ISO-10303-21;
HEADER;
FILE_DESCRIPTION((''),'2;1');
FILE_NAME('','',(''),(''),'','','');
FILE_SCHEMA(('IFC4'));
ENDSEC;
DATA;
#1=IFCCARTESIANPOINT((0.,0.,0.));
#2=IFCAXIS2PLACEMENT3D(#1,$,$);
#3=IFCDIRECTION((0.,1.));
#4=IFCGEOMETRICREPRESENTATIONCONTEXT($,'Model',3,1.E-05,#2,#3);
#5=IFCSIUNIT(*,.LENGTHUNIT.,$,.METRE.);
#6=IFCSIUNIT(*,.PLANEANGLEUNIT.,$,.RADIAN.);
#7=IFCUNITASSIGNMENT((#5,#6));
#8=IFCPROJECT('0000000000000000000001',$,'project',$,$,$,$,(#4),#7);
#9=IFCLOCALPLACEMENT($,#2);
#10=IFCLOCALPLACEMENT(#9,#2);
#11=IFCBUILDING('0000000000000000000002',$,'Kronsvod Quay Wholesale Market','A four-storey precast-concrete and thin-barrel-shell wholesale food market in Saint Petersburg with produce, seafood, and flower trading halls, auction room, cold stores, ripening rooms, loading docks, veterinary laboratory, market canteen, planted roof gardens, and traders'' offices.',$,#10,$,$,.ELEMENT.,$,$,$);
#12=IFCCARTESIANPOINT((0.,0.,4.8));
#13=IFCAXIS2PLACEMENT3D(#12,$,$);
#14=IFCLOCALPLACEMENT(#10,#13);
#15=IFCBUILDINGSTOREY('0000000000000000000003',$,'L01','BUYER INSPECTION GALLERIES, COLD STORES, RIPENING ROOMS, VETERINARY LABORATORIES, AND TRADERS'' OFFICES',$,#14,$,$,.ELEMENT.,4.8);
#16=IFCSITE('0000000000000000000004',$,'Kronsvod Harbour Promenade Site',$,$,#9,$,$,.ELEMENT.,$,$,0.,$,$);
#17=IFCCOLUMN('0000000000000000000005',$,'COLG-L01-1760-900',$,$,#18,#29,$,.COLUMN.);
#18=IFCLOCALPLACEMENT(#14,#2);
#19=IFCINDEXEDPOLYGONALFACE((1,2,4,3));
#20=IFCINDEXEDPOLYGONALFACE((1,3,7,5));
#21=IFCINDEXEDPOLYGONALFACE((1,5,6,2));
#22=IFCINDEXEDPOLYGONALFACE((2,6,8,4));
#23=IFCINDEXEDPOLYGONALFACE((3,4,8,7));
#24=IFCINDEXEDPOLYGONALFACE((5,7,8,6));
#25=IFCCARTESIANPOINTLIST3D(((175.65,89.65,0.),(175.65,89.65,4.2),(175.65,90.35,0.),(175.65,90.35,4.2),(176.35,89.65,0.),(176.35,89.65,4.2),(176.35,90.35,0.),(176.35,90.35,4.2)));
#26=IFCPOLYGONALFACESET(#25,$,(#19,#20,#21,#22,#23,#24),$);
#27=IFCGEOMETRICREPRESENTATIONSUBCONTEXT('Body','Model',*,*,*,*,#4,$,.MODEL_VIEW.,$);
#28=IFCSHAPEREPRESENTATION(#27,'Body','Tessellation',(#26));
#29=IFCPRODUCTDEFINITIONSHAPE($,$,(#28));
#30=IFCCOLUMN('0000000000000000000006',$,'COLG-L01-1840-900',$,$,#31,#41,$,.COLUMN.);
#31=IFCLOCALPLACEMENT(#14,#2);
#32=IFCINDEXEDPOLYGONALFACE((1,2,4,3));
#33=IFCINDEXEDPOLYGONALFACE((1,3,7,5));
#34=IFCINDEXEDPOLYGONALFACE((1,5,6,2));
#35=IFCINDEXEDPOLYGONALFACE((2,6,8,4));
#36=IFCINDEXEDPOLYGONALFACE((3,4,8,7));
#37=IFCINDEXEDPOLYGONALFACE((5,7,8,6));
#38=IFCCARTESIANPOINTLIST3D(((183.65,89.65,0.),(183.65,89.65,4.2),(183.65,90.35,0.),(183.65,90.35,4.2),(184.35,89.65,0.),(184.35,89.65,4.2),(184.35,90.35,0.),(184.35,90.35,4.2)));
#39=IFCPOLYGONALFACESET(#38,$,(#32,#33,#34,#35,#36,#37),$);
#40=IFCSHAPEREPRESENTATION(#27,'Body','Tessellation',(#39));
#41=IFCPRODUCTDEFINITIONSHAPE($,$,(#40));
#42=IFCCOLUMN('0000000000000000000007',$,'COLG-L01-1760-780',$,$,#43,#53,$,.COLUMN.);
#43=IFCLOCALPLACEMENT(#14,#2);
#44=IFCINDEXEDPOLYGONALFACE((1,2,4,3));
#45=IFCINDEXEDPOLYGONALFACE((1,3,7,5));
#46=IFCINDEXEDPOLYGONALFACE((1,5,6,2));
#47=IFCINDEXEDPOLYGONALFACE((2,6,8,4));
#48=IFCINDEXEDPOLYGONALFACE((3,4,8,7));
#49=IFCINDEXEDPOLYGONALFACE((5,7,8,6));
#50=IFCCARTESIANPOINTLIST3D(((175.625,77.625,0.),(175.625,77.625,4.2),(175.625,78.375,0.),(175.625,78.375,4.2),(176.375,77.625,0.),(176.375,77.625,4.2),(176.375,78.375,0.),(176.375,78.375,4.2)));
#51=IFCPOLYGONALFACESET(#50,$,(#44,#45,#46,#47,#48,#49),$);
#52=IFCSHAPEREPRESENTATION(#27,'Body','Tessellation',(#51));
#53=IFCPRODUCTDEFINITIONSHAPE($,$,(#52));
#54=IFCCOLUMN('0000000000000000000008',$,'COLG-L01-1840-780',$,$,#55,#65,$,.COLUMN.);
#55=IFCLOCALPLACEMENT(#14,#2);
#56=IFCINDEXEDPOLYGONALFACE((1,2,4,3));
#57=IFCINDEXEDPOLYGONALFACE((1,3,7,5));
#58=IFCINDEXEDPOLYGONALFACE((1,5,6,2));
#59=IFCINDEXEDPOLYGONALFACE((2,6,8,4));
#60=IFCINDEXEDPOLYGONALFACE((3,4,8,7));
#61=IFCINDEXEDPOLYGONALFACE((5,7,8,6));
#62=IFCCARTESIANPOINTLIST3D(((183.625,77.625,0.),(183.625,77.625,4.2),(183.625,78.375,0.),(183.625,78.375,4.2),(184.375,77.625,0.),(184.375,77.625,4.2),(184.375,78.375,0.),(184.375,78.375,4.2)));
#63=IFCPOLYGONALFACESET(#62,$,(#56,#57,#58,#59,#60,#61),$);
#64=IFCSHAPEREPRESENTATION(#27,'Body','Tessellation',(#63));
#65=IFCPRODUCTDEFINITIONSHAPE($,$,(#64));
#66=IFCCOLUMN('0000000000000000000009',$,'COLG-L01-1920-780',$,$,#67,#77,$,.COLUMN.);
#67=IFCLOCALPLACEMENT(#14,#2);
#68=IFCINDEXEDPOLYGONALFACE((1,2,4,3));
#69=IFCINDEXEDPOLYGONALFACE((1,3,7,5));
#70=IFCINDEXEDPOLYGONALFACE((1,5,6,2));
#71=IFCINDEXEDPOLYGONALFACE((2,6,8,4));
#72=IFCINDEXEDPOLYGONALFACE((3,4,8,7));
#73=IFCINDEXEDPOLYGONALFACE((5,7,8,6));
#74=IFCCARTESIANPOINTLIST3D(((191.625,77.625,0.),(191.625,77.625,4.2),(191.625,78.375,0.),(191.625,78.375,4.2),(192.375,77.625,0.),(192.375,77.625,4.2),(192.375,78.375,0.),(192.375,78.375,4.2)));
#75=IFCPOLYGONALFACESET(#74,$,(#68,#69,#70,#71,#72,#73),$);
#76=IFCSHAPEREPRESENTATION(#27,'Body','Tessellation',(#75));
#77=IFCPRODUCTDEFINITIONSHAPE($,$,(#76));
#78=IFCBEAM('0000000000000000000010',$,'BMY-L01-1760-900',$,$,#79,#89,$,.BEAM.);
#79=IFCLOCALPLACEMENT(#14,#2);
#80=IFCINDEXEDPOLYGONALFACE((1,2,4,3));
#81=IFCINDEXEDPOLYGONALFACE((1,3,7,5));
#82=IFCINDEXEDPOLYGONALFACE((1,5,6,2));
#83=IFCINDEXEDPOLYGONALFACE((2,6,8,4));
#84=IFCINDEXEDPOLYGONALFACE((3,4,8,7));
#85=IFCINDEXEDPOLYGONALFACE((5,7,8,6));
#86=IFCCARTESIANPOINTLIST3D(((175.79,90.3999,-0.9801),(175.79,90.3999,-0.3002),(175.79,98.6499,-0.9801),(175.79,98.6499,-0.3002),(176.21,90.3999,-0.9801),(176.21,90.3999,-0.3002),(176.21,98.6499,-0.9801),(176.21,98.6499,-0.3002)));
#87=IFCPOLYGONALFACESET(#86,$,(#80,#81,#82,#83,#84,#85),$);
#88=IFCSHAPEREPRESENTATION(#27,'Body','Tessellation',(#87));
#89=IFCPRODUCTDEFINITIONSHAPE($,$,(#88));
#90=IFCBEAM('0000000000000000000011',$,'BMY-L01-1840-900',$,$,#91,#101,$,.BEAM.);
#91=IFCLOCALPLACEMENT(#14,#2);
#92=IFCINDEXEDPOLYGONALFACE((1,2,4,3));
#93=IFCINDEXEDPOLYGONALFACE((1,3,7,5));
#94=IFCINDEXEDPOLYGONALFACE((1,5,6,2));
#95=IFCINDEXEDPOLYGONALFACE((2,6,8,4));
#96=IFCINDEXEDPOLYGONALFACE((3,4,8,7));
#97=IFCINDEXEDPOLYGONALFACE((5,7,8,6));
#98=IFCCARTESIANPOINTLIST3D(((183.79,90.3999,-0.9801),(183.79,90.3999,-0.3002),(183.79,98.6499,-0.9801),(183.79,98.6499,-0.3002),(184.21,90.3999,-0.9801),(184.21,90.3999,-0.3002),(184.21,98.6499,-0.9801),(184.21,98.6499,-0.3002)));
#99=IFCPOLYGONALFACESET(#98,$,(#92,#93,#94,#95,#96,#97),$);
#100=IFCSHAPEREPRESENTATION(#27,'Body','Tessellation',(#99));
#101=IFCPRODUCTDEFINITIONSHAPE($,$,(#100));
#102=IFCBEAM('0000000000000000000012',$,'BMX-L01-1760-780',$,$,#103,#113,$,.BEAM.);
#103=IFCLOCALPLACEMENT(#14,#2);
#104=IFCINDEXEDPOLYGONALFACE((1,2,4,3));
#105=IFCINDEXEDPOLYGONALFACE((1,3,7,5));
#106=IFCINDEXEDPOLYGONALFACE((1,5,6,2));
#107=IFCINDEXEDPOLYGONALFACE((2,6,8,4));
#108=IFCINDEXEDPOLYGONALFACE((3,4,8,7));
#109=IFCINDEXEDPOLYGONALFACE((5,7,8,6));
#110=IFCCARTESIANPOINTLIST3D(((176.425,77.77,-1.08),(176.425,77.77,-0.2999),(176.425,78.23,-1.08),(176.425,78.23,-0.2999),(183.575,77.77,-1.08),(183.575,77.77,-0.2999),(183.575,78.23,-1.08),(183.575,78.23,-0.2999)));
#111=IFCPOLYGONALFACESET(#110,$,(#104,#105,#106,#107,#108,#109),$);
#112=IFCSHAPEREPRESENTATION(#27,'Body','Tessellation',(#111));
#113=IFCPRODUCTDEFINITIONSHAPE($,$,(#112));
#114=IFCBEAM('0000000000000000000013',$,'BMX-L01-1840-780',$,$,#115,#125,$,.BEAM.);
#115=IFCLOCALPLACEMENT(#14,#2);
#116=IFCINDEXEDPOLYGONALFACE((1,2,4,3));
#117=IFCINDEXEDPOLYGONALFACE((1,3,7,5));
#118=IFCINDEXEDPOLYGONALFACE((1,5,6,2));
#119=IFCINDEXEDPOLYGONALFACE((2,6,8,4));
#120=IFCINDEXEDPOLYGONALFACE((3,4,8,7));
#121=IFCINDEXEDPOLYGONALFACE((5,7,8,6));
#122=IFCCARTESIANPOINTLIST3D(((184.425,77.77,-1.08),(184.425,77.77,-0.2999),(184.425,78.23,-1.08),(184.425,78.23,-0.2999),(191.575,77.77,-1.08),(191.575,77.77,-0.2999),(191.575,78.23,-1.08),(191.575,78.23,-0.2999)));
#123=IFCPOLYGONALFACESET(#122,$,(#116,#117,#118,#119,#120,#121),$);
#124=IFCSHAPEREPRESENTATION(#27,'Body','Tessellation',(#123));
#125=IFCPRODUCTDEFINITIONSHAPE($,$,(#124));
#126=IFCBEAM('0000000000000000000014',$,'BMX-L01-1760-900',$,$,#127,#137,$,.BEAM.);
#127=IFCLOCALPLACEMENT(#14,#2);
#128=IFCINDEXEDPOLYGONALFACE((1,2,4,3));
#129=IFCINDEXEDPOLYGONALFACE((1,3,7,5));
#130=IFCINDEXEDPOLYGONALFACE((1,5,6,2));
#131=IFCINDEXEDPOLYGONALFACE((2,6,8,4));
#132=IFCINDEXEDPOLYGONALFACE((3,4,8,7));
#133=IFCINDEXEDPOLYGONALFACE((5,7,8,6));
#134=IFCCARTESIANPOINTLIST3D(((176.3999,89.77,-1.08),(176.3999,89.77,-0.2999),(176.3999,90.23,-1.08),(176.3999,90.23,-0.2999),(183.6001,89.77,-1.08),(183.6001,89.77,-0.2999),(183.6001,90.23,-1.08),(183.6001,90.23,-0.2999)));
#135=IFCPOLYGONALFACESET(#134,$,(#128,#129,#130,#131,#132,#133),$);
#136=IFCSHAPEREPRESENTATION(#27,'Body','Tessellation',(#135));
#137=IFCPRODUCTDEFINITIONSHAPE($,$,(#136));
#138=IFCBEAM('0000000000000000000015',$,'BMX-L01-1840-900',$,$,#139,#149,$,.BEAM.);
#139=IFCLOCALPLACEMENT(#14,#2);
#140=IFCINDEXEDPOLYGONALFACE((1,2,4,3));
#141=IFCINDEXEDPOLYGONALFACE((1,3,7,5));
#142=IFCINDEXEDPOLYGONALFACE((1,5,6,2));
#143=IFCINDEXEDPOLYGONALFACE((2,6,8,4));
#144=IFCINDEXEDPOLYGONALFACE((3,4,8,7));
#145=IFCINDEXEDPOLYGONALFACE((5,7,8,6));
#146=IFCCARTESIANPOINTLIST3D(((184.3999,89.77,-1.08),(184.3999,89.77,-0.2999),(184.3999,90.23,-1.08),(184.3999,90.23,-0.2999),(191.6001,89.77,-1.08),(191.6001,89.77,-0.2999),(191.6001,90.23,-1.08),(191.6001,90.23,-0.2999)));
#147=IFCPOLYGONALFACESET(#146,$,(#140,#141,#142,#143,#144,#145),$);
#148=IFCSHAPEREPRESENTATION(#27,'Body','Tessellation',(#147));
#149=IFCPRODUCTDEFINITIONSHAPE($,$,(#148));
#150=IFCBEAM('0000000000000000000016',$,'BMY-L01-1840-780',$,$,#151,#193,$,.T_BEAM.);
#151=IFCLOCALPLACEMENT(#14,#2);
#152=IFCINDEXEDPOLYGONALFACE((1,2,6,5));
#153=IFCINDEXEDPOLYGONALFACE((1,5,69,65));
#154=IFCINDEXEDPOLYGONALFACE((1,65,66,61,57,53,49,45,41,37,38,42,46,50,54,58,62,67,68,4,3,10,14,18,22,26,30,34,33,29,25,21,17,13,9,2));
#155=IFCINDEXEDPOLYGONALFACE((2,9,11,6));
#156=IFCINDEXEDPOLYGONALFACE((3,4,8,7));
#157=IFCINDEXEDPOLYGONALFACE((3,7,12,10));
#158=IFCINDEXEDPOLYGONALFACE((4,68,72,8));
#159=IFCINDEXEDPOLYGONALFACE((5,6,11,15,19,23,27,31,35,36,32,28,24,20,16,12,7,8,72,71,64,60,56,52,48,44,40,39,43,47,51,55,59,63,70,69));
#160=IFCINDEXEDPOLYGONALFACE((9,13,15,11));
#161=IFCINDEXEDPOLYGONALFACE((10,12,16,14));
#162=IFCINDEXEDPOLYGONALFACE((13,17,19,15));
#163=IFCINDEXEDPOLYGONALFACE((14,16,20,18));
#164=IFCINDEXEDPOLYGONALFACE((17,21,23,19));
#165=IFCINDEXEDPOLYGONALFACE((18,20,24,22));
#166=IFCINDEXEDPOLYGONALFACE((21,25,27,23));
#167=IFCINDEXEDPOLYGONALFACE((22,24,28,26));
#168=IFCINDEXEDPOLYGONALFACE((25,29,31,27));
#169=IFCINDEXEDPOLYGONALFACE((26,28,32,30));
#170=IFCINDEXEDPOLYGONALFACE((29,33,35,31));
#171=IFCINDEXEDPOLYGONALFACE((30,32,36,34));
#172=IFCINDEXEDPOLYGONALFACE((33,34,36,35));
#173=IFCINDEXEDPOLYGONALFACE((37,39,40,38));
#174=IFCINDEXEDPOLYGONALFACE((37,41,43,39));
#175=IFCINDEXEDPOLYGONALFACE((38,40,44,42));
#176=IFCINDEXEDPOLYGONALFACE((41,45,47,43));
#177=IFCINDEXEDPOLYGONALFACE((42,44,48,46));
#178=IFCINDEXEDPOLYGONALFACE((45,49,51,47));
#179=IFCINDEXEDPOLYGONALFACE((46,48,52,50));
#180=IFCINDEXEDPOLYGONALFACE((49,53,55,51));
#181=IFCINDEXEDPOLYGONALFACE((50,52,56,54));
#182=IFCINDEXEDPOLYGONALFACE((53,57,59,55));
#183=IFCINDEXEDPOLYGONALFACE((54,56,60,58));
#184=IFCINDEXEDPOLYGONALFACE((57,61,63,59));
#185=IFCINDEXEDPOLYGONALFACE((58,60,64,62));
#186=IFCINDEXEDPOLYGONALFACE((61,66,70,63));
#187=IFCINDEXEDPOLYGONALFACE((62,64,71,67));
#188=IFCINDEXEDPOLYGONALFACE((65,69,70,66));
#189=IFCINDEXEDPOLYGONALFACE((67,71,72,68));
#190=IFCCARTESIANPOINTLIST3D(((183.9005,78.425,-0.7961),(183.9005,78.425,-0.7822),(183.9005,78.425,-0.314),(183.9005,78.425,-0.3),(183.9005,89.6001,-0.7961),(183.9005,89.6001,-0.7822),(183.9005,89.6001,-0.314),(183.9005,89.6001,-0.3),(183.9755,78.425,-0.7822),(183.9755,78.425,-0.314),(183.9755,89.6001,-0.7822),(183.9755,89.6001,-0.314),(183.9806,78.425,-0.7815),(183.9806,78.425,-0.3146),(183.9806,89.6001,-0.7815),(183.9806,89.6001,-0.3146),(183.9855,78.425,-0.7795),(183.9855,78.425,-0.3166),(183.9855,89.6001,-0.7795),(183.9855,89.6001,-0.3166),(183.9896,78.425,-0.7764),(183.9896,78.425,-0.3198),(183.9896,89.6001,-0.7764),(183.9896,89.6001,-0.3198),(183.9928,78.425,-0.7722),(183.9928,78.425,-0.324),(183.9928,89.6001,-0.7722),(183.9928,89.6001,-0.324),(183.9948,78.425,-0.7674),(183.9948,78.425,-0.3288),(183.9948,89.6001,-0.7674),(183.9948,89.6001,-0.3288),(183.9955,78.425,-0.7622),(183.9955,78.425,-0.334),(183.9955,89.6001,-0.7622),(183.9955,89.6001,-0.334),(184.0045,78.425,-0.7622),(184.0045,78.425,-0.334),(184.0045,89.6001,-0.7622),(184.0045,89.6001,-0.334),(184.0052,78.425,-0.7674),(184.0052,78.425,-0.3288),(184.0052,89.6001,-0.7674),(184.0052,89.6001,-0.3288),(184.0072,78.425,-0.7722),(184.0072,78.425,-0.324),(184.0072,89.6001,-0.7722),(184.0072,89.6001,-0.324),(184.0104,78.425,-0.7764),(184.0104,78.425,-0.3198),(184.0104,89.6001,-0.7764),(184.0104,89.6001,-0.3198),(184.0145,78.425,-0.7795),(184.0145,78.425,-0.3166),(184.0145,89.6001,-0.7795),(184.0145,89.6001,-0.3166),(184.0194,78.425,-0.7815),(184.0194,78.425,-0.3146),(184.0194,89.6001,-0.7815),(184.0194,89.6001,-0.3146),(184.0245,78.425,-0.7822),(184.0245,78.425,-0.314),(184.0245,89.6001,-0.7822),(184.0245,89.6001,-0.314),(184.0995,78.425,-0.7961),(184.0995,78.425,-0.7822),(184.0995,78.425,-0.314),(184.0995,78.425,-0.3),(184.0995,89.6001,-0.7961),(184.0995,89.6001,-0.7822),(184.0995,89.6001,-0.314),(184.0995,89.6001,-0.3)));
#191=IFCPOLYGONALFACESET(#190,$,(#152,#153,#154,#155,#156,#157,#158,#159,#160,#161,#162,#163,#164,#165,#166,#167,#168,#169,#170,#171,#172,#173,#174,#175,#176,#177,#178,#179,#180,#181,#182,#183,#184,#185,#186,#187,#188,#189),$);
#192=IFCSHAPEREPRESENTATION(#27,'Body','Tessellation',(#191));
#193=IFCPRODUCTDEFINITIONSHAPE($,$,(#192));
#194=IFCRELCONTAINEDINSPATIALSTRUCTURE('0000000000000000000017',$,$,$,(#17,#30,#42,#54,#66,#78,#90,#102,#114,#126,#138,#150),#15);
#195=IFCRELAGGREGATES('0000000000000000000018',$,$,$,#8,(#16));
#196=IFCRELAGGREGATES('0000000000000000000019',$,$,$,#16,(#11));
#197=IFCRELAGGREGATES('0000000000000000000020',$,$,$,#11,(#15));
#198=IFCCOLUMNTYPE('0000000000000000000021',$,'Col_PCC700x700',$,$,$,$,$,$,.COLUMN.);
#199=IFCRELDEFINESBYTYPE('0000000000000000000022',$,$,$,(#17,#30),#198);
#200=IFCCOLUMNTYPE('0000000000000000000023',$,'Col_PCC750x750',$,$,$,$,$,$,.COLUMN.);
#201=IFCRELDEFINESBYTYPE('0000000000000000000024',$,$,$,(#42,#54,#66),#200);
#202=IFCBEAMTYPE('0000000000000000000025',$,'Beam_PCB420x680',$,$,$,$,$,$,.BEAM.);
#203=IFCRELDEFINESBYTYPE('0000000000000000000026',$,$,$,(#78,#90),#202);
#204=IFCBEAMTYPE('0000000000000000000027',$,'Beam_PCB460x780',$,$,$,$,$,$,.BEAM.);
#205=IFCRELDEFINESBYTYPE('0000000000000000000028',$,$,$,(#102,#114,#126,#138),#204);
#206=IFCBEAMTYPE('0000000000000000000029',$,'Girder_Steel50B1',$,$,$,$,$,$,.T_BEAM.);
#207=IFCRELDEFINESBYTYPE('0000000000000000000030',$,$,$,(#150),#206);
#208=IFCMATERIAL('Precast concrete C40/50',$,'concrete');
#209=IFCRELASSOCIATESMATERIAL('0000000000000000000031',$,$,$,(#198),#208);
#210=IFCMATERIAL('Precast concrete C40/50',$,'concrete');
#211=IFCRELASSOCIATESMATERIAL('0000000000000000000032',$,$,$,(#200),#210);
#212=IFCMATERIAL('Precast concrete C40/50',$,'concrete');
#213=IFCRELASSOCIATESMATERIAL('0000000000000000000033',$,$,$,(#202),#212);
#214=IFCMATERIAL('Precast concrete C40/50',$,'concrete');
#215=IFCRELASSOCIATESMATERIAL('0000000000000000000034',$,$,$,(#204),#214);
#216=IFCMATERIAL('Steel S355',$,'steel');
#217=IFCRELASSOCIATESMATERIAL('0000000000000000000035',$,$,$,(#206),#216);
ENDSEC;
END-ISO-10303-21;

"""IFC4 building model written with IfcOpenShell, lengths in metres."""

from ifc_helpers import new_model, si_unit, direction, frame, origin, origin_2d, place, context, subcontext, project, spatial, rectangle, i_section, extrude, material, material_profile, profile_set, type_object, element, save


model = new_model("IFC4")

# Units and contexts
model_context = context("Model", 3, precision=1e-05, world=origin(), true_north=direction((0.0, 1.0)))
body_context = subcontext(model_context, "Body", "Model", "MODEL_VIEW")
ifc_project = project(units=[si_unit("LENGTHUNIT", "METRE"), si_unit("PLANEANGLEUNIT", "RADIAN")], contexts=[model_context])

# Site, building, storey
site_placement = place(None, origin())
site = spatial("IfcSite", under=ifc_project, at=site_placement, Name="Kronsvod Harbour Promenade Site", CompositionType="ELEMENT", RefElevation=0.0)
building_placement = place(site_placement, origin())
building = spatial("IfcBuilding", under=site, at=building_placement, Name="Kronsvod Quay Wholesale Market", Description="A four-storey precast-concrete and thin-barrel-shell wholesale food market in Saint Petersburg with produce, seafood, and flower trading halls, auction room, cold stores, ripening rooms, loading docks, veterinary laboratory, market canteen, planted roof gardens, and traders' offices.", CompositionType="ELEMENT")
storey_placement = place(building_placement, frame((0.0, 0.0, 4.8)))
storey = spatial("IfcBuildingStorey", under=building, at=storey_placement, Name="L01", Description="BUYER INSPECTION GALLERIES, COLD STORES, RIPENING ROOMS, VETERINARY LABORATORIES, AND TRADERS' OFFICES", CompositionType="ELEMENT", Elevation=4.8)

# Columns
ifc_material_1 = material(Name="Precast concrete C40/50", Category="concrete")
ifc_material_profile_1 = material_profile(ifc_material_1, rectangle(XDim=0.7, YDim=0.7, at=origin_2d()), Name="PCC700x700")
ifc_profile_set_1 = profile_set([ifc_material_profile_1], Name="Precast concrete C40/50")
column_type_1 = type_object("IfcColumnType", Name="Col_PCC700x700", PredefinedType="COLUMN", material=ifc_profile_set_1)
for number, where, z_axis, x_axis, name in (
    (1, (176.0, 90.0, 0.0), (0.0, 0.0, 1.0), (1.0, 0.0, 0.0), "COLG-L01-1760-900"),
    (2, (184.0, 90.0, 0.0), (0.0, 0.0, 1.0), (1.0, 0.0, 0.0), "COLG-L01-1840-900"),
):
    element("IfcColumn", number, at=place(storey_placement, frame(where, z_axis=z_axis, x_axis=x_axis)), inside=storey, type_object=column_type_1, Name=name, PredefinedType="COLUMN", context=body_context, shape_type="SweptSolid", body=[
        extrude(rectangle(XDim=0.7, YDim=0.7, at=origin_2d()), origin(), (0.0, 0.0, 1.0), 4.2),
    ])
ifc_material_2 = material(Name="Precast concrete C40/50", Category="concrete")
ifc_material_profile_2 = material_profile(ifc_material_2, rectangle(XDim=0.75, YDim=0.75, at=origin_2d()), Name="COL-07")
ifc_profile_set_2 = profile_set([ifc_material_profile_2], Name="Precast concrete C40/50")
column_type_2 = type_object("IfcColumnType", Name="Col_PCC750x750", PredefinedType="COLUMN", material=ifc_profile_set_2)
for number, where, z_axis, x_axis, name in (
    (3, (176.0, 78.0, 0.0), (0.0, 0.0, 1.0), (1.0, 0.0, 0.0), "COLG-L01-1760-780"),
    (4, (184.0, 78.0, 0.0), (0.0, 0.0, 1.0), (1.0, 0.0, 0.0), "COLG-L01-1840-780"),
    (5, (192.0, 78.0, 0.0), (0.0, 0.0, 1.0), (1.0, 0.0, 0.0), "COLG-L01-1920-780"),
):
    element("IfcColumn", number, at=place(storey_placement, frame(where, z_axis=z_axis, x_axis=x_axis)), inside=storey, type_object=column_type_2, Name=name, PredefinedType="COLUMN", context=body_context, shape_type="SweptSolid", body=[
        extrude(rectangle(XDim=0.75, YDim=0.75, at=origin_2d()), origin(), (0.0, 0.0, 1.0), 4.2),
    ])

# Beams
ifc_material_3 = material(Name="Precast concrete C40/50", Category="concrete")
ifc_material_profile_3 = material_profile(ifc_material_3, rectangle(XDim=0.4199, YDim=0.6799, at=origin_2d()), Name="PB-05")
ifc_profile_set_3 = profile_set([ifc_material_profile_3], Name="Precast concrete C40/50")
beam_type_1 = type_object("IfcBeamType", Name="Beam_PCB420x680", PredefinedType="BEAM", material=ifc_profile_set_3)
for number, where, z_axis, x_axis, name in (
    (6, (176.0, 90.3999, -0.6401), (0.0, 1.0, 0.0), (-1.0, 0.0, 0.0), "BMY-L01-1760-900"),
    (7, (184.0, 90.3999, -0.6401), (0.0, 1.0, 0.0), (-1.0, 0.0, 0.0), "BMY-L01-1840-900"),
):
    element("IfcBeam", number, at=place(storey_placement, frame(where, z_axis=z_axis, x_axis=x_axis)), inside=storey, type_object=beam_type_1, Name=name, PredefinedType="BEAM", context=body_context, shape_type="SweptSolid", body=[
        extrude(rectangle(XDim=0.4199, YDim=0.6799, at=origin_2d()), origin(), (0.0, 0.0, 1.0), 8.25),
    ])
ifc_material_4 = material(Name="Precast concrete C40/50", Category="concrete")
ifc_material_profile_4 = material_profile(ifc_material_4, rectangle(XDim=0.46, YDim=0.78, at=origin_2d()), Name="PB-03")
ifc_profile_set_4 = profile_set([ifc_material_profile_4], Name="Precast concrete C40/50")
beam_type_2 = type_object("IfcBeamType", Name="Beam_PCB460x780", PredefinedType="BEAM", material=ifc_profile_set_4)
for number, where, z_axis, x_axis, name in (
    (8, (176.425, 78.0, -0.6899), (1.0, 0.0, 0.0), (0.0, 1.0, 0.0), "BMX-L01-1760-780"),
    (9, (184.425, 78.0, -0.6899), (1.0, 0.0, 0.0), (0.0, 1.0, 0.0), "BMX-L01-1840-780"),
):
    element("IfcBeam", number, at=place(storey_placement, frame(where, z_axis=z_axis, x_axis=x_axis)), inside=storey, type_object=beam_type_2, Name=name, PredefinedType="BEAM", context=body_context, shape_type="SweptSolid", body=[
        extrude(rectangle(XDim=0.46, YDim=0.78, at=origin_2d()), origin(), (0.0, 0.0, 1.0), 7.1499),
    ])
for number, where, z_axis, x_axis, name in (
    (10, (176.3999, 90.0, -0.6899), (1.0, 0.0, 0.0), (0.0, 1.0, 0.0), "BMX-L01-1760-900"),
    (11, (184.3999, 90.0, -0.6899), (1.0, 0.0, 0.0), (0.0, 1.0, 0.0), "BMX-L01-1840-900"),
):
    element("IfcBeam", number, at=place(storey_placement, frame(where, z_axis=z_axis, x_axis=x_axis)), inside=storey, type_object=beam_type_2, Name=name, PredefinedType="BEAM", context=body_context, shape_type="SweptSolid", body=[
        extrude(rectangle(XDim=0.46, YDim=0.78, at=origin_2d()), origin(), (0.0, 0.0, 1.0), 7.2002),
    ])
ifc_material_5 = material(Name="Steel S355", Category="steel")
ifc_material_profile_5 = material_profile(ifc_material_5, i_section(OverallWidth=0.199, OverallDepth=0.4961, WebThickness=0.009, FlangeThickness=0.0139, FilletRadius=0.02, at=origin_2d()), Name="50B1")
ifc_profile_set_5 = profile_set([ifc_material_profile_5], Name="Steel S355")
beam_type_3 = type_object("IfcBeamType", Name="Girder_Steel50B1", PredefinedType="T_BEAM", material=ifc_profile_set_5)
beam_1_placement = place(storey_placement, frame((184.0, 78.425, -0.5481), z_axis=(0.0, 1.0, 0.0), x_axis=(-1.0, 0.0, 0.0)))
element("IfcBeam", 12, at=beam_1_placement, inside=storey, type_object=beam_type_3, Name="BMY-L01-1840-780", PredefinedType="T_BEAM", context=body_context, shape_type="SweptSolid", body=[
    extrude(i_section(OverallWidth=0.199, OverallDepth=0.4961, WebThickness=0.009, FlangeThickness=0.0139, FilletRadius=0.02, at=origin_2d()), origin(), (0.0, 0.0, 1.0), 11.175),
])

save(model, "model.ifc")
